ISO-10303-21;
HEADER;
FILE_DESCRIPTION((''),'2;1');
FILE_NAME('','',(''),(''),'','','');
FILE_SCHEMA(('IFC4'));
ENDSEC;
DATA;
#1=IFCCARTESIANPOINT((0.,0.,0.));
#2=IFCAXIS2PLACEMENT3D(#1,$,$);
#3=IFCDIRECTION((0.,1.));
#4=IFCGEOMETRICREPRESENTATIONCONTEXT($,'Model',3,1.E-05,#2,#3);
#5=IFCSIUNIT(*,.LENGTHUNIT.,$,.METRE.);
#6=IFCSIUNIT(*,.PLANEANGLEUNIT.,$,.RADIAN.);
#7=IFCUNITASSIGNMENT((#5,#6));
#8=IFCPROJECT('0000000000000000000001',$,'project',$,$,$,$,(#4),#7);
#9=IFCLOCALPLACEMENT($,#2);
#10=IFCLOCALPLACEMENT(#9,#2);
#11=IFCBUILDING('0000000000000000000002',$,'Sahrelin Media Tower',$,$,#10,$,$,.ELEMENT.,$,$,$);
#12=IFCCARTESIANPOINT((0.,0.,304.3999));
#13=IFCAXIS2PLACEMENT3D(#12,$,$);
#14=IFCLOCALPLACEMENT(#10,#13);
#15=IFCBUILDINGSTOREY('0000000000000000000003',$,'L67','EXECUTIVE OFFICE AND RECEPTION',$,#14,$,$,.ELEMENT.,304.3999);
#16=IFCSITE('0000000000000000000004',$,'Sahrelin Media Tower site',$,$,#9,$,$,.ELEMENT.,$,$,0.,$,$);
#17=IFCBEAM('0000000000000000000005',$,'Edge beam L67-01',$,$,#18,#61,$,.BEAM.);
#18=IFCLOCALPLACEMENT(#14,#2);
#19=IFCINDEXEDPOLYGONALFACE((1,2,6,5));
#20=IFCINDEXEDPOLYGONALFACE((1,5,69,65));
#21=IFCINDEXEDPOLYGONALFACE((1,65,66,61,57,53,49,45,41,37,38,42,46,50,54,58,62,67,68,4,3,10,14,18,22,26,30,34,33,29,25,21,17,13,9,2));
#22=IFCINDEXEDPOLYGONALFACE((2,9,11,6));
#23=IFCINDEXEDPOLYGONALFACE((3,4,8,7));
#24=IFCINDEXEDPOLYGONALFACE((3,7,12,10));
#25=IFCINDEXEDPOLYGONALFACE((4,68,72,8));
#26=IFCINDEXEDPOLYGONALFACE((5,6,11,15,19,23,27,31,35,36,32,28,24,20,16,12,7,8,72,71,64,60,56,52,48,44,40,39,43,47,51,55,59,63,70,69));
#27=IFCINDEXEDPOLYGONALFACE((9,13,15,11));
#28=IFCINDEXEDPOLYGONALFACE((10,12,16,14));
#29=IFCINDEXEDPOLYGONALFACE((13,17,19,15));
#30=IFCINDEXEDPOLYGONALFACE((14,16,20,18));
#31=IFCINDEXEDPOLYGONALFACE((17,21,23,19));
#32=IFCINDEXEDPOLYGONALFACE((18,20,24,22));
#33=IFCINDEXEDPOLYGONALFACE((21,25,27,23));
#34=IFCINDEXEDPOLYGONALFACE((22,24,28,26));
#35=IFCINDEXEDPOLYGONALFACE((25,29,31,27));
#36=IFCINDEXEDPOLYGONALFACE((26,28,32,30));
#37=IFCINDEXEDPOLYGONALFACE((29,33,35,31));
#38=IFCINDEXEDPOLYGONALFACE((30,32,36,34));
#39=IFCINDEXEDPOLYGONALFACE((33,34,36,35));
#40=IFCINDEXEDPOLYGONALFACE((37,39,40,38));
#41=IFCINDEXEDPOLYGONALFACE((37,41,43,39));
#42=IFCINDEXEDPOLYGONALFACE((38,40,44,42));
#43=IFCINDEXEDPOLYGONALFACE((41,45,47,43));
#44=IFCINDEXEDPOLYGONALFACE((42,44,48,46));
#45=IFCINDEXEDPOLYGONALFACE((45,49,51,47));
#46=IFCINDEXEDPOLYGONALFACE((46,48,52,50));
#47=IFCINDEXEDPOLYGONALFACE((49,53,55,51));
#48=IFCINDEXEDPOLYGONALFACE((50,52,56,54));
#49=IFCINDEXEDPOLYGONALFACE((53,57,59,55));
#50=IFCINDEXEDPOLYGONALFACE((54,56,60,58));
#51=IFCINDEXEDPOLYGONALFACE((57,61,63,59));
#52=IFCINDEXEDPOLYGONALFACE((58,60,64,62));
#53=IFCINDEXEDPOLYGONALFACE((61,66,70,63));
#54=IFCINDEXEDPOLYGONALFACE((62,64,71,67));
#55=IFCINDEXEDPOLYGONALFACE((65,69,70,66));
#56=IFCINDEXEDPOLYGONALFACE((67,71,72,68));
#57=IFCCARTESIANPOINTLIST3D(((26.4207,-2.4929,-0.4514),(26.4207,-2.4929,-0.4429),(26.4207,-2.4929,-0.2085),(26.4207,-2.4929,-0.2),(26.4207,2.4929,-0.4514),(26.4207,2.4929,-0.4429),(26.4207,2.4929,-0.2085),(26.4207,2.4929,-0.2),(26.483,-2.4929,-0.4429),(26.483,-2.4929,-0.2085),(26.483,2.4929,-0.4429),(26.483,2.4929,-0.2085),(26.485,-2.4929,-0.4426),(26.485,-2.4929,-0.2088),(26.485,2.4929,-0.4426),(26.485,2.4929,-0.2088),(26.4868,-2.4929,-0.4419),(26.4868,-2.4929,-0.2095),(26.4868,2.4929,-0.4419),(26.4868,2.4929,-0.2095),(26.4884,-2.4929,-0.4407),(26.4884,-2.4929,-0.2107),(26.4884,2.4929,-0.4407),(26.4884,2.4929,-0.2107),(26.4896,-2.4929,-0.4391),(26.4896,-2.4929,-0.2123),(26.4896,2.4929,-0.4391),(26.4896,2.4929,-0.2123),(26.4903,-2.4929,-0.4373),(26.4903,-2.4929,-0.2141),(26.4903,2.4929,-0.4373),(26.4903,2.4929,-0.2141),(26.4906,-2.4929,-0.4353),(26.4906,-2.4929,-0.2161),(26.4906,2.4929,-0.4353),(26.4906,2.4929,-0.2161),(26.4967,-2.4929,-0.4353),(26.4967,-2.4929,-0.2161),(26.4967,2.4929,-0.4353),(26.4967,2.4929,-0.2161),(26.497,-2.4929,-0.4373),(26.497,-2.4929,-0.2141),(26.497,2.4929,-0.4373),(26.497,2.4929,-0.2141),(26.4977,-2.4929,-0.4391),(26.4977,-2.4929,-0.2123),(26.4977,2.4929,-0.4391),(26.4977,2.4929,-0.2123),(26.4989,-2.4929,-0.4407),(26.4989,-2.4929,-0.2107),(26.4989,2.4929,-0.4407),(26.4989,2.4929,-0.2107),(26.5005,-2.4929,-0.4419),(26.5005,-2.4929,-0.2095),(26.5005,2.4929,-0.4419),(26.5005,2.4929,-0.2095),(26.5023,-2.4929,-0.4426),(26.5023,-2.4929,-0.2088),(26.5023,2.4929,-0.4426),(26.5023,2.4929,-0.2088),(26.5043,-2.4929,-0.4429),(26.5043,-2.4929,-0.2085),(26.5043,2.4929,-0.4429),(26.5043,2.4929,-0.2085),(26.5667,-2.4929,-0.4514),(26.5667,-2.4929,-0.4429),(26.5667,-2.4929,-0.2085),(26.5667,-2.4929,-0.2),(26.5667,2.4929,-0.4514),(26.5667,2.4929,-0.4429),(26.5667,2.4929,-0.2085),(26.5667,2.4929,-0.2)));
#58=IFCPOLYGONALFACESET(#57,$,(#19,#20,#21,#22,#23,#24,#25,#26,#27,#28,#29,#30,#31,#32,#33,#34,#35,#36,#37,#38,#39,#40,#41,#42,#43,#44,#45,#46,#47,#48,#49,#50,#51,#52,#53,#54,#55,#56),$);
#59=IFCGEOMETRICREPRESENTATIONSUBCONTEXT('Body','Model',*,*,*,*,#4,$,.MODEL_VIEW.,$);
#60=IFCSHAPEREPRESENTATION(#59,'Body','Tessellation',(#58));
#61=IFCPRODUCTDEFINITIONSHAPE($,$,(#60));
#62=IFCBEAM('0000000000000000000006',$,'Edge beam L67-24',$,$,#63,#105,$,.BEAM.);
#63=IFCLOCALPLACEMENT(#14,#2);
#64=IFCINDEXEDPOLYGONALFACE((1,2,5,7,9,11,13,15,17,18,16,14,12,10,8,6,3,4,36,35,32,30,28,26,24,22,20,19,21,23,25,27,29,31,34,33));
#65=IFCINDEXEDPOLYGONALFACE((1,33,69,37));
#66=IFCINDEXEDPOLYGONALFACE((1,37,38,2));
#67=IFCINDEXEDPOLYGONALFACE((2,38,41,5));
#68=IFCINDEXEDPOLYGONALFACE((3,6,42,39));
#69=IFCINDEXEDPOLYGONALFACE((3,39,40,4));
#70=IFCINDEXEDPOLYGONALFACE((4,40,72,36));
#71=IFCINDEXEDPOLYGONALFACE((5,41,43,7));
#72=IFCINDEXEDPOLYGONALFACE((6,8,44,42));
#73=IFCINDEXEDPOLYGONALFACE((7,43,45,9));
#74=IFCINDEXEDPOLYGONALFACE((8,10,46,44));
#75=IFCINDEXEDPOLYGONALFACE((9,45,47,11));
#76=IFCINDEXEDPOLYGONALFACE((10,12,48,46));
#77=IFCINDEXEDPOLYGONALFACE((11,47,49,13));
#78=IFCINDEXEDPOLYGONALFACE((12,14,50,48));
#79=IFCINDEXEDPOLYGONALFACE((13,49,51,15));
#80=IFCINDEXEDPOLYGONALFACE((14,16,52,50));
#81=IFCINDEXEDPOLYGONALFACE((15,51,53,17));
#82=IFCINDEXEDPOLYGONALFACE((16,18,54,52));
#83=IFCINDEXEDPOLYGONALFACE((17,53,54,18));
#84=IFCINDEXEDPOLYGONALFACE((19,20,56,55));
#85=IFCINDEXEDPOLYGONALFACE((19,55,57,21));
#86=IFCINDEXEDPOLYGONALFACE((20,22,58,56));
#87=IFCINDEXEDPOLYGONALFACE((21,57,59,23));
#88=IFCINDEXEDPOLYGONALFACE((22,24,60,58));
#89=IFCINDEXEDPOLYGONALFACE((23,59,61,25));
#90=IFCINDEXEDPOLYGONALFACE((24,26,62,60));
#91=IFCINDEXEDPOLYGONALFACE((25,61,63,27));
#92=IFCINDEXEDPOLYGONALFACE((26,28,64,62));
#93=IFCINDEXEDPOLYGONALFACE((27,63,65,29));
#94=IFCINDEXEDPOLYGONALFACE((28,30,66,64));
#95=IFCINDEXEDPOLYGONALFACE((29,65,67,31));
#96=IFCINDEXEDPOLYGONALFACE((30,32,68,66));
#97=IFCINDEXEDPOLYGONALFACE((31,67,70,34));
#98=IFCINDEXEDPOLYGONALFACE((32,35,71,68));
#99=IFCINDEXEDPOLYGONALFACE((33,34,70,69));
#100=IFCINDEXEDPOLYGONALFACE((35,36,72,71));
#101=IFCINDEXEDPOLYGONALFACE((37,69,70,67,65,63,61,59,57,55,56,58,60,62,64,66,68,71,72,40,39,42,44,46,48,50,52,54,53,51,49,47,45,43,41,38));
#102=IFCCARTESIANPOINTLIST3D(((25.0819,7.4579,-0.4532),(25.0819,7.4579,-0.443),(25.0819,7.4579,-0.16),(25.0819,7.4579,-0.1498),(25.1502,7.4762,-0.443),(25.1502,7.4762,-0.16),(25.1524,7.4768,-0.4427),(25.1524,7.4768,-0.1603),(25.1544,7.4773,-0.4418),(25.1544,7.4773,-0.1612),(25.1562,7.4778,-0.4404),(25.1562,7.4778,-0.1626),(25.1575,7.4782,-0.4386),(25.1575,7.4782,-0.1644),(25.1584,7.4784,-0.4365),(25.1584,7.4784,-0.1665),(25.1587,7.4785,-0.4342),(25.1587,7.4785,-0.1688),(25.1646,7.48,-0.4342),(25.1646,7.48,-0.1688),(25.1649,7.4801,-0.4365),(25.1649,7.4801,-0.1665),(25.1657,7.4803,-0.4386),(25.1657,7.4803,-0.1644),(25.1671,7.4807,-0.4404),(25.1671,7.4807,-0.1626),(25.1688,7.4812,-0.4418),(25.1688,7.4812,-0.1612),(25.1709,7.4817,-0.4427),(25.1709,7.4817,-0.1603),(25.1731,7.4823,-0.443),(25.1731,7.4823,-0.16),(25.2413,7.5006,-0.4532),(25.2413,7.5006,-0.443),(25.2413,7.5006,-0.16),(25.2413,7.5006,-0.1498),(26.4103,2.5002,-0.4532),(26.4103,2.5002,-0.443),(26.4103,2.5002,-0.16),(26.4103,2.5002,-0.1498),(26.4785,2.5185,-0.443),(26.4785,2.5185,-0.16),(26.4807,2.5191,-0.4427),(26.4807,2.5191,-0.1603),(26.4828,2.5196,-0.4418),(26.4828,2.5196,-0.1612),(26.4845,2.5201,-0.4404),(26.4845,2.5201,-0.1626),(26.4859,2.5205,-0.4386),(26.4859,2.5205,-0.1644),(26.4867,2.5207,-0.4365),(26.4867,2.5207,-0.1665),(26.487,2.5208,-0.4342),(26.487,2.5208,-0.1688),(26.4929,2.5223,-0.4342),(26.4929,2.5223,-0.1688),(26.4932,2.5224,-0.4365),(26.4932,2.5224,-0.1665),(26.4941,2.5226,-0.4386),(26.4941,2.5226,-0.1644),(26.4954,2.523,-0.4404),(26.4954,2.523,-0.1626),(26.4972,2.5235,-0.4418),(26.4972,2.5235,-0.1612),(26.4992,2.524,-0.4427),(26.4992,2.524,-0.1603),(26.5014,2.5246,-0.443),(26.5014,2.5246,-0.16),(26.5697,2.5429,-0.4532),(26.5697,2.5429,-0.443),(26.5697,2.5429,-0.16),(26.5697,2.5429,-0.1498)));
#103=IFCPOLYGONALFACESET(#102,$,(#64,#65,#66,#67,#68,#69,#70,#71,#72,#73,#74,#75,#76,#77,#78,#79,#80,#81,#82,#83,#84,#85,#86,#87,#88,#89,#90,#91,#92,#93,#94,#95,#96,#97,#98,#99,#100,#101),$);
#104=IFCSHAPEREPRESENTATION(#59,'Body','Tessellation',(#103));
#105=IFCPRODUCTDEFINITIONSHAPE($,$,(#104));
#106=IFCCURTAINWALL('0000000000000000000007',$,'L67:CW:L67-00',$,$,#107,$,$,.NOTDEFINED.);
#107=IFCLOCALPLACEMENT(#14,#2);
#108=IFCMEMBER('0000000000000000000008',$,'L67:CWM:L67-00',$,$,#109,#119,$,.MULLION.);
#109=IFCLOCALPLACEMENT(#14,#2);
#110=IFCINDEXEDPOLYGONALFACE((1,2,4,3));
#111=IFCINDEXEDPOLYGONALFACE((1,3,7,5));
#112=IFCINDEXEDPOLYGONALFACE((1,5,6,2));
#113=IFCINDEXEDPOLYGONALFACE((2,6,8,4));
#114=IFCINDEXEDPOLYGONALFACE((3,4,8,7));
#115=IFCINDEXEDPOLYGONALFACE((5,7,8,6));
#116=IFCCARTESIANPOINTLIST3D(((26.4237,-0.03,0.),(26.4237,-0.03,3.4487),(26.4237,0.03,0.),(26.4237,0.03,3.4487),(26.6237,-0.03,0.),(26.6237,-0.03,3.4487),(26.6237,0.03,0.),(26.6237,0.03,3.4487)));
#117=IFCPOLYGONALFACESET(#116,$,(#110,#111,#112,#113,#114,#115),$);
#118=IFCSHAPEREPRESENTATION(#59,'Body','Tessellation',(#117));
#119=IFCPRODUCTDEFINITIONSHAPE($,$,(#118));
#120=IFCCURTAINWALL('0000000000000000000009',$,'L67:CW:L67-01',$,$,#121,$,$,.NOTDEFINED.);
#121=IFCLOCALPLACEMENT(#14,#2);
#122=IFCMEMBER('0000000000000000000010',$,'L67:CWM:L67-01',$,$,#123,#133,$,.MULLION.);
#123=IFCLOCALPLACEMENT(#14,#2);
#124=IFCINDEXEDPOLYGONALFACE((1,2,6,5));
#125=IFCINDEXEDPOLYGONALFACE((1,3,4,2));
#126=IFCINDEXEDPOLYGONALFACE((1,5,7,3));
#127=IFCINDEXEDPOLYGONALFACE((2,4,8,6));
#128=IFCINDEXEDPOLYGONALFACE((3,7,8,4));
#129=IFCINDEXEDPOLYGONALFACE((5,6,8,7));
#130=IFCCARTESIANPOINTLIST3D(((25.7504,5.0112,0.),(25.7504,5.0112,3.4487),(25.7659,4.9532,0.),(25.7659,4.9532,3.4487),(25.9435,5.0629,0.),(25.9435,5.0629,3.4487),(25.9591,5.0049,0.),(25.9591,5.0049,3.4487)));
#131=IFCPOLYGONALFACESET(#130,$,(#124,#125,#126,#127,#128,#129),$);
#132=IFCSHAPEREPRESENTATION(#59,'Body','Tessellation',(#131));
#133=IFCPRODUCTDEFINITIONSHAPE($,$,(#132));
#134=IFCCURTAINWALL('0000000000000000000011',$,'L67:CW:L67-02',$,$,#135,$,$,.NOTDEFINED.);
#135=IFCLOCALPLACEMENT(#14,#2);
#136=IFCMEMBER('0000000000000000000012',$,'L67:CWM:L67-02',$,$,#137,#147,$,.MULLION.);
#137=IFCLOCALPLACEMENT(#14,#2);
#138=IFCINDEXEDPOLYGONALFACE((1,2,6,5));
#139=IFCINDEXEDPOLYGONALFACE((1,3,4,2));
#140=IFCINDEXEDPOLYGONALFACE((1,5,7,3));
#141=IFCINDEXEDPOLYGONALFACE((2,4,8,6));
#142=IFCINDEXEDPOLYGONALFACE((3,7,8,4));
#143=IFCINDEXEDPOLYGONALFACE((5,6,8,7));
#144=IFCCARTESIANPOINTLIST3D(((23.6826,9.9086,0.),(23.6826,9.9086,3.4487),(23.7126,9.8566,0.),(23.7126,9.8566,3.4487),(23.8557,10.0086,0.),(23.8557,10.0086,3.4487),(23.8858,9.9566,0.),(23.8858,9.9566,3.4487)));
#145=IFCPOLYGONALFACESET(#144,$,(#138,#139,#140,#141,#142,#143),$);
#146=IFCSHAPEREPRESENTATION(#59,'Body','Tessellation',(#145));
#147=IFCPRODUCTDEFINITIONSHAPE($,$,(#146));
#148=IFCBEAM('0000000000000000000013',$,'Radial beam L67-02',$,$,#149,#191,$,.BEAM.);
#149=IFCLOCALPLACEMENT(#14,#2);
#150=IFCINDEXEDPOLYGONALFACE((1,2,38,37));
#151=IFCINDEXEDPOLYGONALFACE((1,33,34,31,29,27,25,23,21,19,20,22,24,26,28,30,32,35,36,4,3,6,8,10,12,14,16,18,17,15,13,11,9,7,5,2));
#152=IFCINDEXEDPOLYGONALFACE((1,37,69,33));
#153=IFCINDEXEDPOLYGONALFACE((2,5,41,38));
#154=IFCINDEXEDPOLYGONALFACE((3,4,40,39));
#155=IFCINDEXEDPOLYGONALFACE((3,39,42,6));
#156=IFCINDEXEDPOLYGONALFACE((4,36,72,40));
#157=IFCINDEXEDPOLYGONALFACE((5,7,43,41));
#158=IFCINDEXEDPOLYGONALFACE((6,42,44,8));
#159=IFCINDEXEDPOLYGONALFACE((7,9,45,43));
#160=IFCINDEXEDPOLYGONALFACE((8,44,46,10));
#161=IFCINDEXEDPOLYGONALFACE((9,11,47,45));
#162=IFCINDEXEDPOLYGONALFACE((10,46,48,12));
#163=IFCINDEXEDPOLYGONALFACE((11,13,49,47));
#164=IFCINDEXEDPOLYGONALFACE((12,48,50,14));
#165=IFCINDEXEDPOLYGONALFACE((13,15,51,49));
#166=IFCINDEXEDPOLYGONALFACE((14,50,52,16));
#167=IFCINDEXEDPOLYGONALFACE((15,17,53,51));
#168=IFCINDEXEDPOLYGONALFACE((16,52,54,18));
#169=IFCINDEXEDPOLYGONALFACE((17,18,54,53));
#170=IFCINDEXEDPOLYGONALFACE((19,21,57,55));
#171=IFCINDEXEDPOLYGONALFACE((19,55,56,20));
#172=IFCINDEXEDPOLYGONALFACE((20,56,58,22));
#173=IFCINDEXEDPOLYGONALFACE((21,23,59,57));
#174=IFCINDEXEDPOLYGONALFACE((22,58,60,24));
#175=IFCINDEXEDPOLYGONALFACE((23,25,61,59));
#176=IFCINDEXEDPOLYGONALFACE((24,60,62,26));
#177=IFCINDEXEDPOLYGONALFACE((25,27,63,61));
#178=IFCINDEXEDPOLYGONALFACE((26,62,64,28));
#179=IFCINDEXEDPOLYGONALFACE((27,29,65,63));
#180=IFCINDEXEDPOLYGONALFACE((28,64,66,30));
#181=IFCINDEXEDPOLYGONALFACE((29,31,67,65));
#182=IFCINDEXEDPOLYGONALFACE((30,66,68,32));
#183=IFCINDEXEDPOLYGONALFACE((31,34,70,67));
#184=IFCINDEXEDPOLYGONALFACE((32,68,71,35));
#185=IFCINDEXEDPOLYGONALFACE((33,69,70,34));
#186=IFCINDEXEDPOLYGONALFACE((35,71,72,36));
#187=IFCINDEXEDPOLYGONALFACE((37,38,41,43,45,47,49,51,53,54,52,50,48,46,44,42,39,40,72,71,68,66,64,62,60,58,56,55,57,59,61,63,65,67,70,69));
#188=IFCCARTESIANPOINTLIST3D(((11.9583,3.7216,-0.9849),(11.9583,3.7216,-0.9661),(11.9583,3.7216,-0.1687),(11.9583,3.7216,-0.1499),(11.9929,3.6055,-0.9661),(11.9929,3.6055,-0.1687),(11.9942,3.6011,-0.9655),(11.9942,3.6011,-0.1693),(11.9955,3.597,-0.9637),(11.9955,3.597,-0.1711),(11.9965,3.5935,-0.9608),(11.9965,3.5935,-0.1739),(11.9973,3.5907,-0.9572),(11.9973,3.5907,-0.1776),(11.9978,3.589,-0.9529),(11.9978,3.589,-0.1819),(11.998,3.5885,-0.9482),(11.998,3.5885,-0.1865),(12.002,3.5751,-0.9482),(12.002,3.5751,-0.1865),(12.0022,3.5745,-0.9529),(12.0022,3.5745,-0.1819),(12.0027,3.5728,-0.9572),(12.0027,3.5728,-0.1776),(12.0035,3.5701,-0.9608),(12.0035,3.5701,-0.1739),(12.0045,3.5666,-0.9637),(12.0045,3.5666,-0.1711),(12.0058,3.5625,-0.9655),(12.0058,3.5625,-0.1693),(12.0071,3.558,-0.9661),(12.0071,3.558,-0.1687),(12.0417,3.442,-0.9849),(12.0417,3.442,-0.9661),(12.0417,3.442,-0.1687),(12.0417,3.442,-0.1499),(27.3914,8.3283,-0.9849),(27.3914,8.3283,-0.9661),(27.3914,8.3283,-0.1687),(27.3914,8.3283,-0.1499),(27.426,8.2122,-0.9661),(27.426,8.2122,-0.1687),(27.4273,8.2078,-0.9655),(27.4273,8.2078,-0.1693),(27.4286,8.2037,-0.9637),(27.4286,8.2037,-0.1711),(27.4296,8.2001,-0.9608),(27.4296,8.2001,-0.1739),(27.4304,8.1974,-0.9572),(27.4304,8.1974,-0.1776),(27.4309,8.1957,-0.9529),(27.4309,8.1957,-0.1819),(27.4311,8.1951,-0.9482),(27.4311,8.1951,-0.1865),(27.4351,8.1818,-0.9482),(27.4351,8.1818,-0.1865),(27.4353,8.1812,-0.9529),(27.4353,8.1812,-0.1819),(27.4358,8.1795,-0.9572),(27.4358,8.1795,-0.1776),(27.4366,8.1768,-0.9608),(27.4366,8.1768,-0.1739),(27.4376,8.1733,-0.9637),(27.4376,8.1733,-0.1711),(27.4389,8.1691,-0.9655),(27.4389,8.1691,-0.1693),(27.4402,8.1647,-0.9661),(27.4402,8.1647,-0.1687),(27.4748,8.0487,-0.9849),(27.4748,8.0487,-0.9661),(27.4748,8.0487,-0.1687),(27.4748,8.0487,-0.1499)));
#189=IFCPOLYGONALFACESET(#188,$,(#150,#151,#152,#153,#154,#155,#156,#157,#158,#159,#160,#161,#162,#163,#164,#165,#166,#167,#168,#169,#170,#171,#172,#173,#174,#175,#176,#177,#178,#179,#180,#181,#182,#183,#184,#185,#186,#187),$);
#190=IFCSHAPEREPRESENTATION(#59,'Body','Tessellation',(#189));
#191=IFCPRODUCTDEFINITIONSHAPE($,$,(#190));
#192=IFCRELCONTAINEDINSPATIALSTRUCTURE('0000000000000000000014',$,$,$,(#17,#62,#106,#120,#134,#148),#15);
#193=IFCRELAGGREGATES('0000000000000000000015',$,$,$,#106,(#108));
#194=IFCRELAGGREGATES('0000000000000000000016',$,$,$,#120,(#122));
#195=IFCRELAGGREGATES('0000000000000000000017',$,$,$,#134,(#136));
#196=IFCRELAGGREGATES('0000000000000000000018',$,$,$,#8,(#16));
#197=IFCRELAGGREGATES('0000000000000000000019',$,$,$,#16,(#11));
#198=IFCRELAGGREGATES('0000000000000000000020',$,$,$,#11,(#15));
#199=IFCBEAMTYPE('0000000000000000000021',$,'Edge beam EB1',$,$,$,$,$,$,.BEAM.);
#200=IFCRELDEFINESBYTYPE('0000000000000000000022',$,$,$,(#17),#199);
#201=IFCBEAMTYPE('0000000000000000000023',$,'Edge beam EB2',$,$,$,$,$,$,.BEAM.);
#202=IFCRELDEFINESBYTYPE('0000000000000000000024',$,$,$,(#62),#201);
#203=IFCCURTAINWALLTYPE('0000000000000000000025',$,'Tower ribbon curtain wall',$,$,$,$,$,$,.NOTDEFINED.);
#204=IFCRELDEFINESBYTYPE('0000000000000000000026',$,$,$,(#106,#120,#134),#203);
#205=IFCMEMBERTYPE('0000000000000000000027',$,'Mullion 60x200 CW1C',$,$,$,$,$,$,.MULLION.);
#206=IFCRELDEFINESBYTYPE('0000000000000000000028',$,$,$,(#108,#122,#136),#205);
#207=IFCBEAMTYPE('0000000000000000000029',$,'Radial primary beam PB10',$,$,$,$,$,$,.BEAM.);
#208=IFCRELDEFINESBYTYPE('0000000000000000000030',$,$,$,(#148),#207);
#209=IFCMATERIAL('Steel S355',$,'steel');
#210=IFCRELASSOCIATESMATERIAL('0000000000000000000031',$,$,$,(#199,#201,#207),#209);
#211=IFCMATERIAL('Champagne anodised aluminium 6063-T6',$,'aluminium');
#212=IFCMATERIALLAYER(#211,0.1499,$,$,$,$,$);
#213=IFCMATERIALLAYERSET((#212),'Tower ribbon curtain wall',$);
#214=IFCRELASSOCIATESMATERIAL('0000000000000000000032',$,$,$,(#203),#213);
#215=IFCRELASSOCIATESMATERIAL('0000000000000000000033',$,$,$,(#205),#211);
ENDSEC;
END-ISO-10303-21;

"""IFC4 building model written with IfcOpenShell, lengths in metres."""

from ifc_helpers import new_model, si_unit, direction, frame, origin, origin_2d, place, context, subcontext, project, spatial, rectangle, i_section, extrude, material, layer, layer_set, material_profile, profile_set, type_object, element, aggregate, save


model = new_model("IFC4")

# Units and contexts
model_context = context("Model", 3, precision=1e-05, world=origin(), true_north=direction((0.0, 1.0)))
body_context = subcontext(model_context, "Body", "Model", "MODEL_VIEW")
ifc_project = project(units=[si_unit("LENGTHUNIT", "METRE"), si_unit("PLANEANGLEUNIT", "RADIAN")], contexts=[model_context])

# Site, building, storey
site_placement = place(None, origin())
site = spatial("IfcSite", under=ifc_project, at=site_placement, Name="Sahrelin Media Tower site", CompositionType="ELEMENT", RefElevation=0.0)
building_placement = place(site_placement, origin())
building = spatial("IfcBuilding", under=site, at=building_placement, Name="Sahrelin Media Tower", CompositionType="ELEMENT")
storey_placement = place(building_placement, frame((0.0, 0.0, 304.3999)))
storey = spatial("IfcBuildingStorey", under=building, at=storey_placement, Name="L67", Description="EXECUTIVE OFFICE AND RECEPTION", CompositionType="ELEMENT", Elevation=304.3999)

# Beams
ifc_material_1 = material(Name="Steel S355", Category="steel")
ifc_material_profile_1 = material_profile(ifc_material_1, i_section(OverallWidth=0.146, OverallDepth=0.2515, WebThickness=0.0061, FlangeThickness=0.0085, FilletRadius=0.0076, at=origin_2d()), Name="UB 254x146x31")
ifc_profile_set_1 = profile_set([ifc_material_profile_1], Name="Steel S355")
beam_type_1 = type_object("IfcBeamType", Name="Edge beam EB1", PredefinedType="BEAM", material=ifc_profile_set_1)
beam_1_placement = place(storey_placement, frame((26.4937, 2.4929, -0.3257), z_axis=(0.0, -1.0, 0.0), x_axis=(1.0, 0.0, 0.0)))
element("IfcBeam", 1, at=beam_1_placement, inside=storey, type_object=beam_type_1, Name="Edge beam L67-01", PredefinedType="BEAM", context=body_context, shape_type="SweptSolid", body=[
    extrude(i_section(OverallWidth=0.146, OverallDepth=0.2515, WebThickness=0.0061, FlangeThickness=0.0085, FilletRadius=0.0076, at=origin_2d()), origin(), (0.0, 0.0, 1.0), 4.9858),
])
ifc_material_profile_2 = material_profile(ifc_material_1, i_section(OverallWidth=0.165, OverallDepth=0.3035, WebThickness=0.0061, FlangeThickness=0.0103, FilletRadius=0.0088, at=origin_2d()), Name="UB 305x165x40")
ifc_profile_set_2 = profile_set([ifc_material_profile_2], Name="Steel S355")
beam_type_2 = type_object("IfcBeamType", Name="Edge beam EB2", PredefinedType="BEAM", material=ifc_profile_set_2)
beam_2_placement = place(storey_placement, frame((25.1616, 7.4792, -0.3015), z_axis=(0.258808, -0.965929, 0.0), x_axis=(0.965929, 0.258808, 0.0)))
element("IfcBeam", 2, at=beam_2_placement, inside=storey, type_object=beam_type_2, Name="Edge beam L67-24", PredefinedType="BEAM", context=body_context, shape_type="SweptSolid", body=[
    extrude(i_section(OverallWidth=0.165, OverallDepth=0.3035, WebThickness=0.0061, FlangeThickness=0.0103, FilletRadius=0.0088, at=origin_2d()), origin(), (0.0, 0.0, 1.0), 5.1326),
])

# Curtain walls, members
ifc_material_2 = material(Name="Champagne anodised aluminium 6063-T6", Category="aluminium")
ifc_layer_1 = layer(ifc_material_2, 0.1499)
ifc_layer_set_1 = layer_set([ifc_layer_1], Name="Tower ribbon curtain wall")
curtain_wall_type = type_object("IfcCurtainWallType", Name="Tower ribbon curtain wall", PredefinedType="NOTDEFINED", material=ifc_layer_set_1)
curtain_wall_1_placement = place(storey_placement, frame((26.6438, 0.0, 0.0), z_axis=(0.0, 0.0, 1.0), x_axis=(1.0, 0.0, 0.0)))
curtain_wall_1 = element("IfcCurtainWall", 3, at=curtain_wall_1_placement, inside=storey, type_object=curtain_wall_type, Name="L67:CW:L67-00", PredefinedType="NOTDEFINED")
ifc_material_profile_3 = material_profile(ifc_material_2, rectangle(XDim=0.0601, YDim=0.2, at=origin_2d()), Name="Mullion 60x200")
ifc_profile_set_3 = profile_set([ifc_material_profile_3], Name="Champagne anodised aluminium 6063-T6")
member_type_1 = type_object("IfcMemberType", Name="Mullion 60x200 CW1C", PredefinedType="MULLION", material=ifc_profile_set_3)
member_1_placement = place(storey_placement, frame((26.5237, 0.0, 0.0), z_axis=(0.0, 0.0, 1.0), x_axis=(0.0, 1.0, 0.0)))
member_1 = element("IfcMember", 4, at=member_1_placement, type_object=member_type_1, Name="L67:CWM:L67-00", PredefinedType="MULLION", context=body_context, shape_type="SweptSolid", body=[
    extrude(rectangle(XDim=0.0601, YDim=0.2, at=origin_2d()), origin(), (0.0, 0.0, 1.0), 3.4487),
])
aggregate(curtain_wall_1, [member_1])
curtain_wall_2_placement = place(storey_placement, frame((25.9707, 5.0393, 0.0), z_axis=(0.0, 0.0, 1.0), x_axis=(1.0, 0.0, 0.0)))
curtain_wall_2 = element("IfcCurtainWall", 5, at=curtain_wall_2_placement, inside=storey, type_object=curtain_wall_type, Name="L67:CW:L67-01", PredefinedType="NOTDEFINED")
member_2_placement = place(storey_placement, frame((25.8547, 5.0081, 0.0), z_axis=(0.0, 0.0, 1.0), x_axis=(-0.258816, 0.965927, 0.0)))
member_2 = element("IfcMember", 6, at=member_2_placement, type_object=member_type_1, Name="L67:CWM:L67-01", PredefinedType="MULLION", context=body_context, shape_type="SweptSolid", body=[
    extrude(rectangle(XDim=0.0601, YDim=0.2, at=origin_2d()), origin(), (0.0, 0.0, 1.0), 3.4487),
])
curtain_wall_3_placement = place(storey_placement, frame((23.8882, 9.9924, 0.0), z_axis=(0.0, 0.0, 1.0), x_axis=(1.0, 0.0, 0.0)))
curtain_wall_3 = element("IfcCurtainWall", 7, at=curtain_wall_3_placement, inside=storey, type_object=curtain_wall_type, Name="L67:CW:L67-02", PredefinedType="NOTDEFINED")
member_3_placement = place(storey_placement, frame((23.7842, 9.9326, 0.0), z_axis=(0.0, 0.0, 1.0), x_axis=(-0.500002, 0.866025, 0.0)))
member_3 = element("IfcMember", 8, at=member_3_placement, type_object=member_type_1, Name="L67:CWM:L67-02", PredefinedType="MULLION", context=body_context, shape_type="SweptSolid", body=[
    extrude(rectangle(XDim=0.0601, YDim=0.2, at=origin_2d()), origin(), (0.0, 0.0, 1.0), 3.4487),
])

# Beam
ifc_material_profile_4 = material_profile(ifc_material_1, i_section(OverallWidth=0.2917, OverallDepth=0.835, WebThickness=0.0139, FlangeThickness=0.0188, FilletRadius=0.0178, at=origin_2d()), Name="UB 838x292x176")
ifc_profile_set_4 = profile_set([ifc_material_profile_4], Name="Steel S355")
beam_type_3 = type_object("IfcBeamType", Name="Radial primary beam PB10", PredefinedType="BEAM", material=ifc_profile_set_4)
beam_3_placement = place(storey_placement, frame((12.0, 3.5818, -0.5674), z_axis=(0.958223, 0.286024, 0.0), x_axis=(-0.286024, 0.958223, 0.0)))
element("IfcBeam", 9, at=beam_3_placement, inside=storey, type_object=beam_type_3, Name="Radial beam L67-02", PredefinedType="BEAM", context=body_context, shape_type="SweptSolid", body=[
    extrude(i_section(OverallWidth=0.2917, OverallDepth=0.835, WebThickness=0.0139, FlangeThickness=0.0188, FilletRadius=0.0178, at=origin_2d()), origin(), (0.0, 0.0, 1.0), 16.106),
])

aggregate(curtain_wall_2, [member_2])
aggregate(curtain_wall_3, [member_3])

save(model, "model.ifc")
